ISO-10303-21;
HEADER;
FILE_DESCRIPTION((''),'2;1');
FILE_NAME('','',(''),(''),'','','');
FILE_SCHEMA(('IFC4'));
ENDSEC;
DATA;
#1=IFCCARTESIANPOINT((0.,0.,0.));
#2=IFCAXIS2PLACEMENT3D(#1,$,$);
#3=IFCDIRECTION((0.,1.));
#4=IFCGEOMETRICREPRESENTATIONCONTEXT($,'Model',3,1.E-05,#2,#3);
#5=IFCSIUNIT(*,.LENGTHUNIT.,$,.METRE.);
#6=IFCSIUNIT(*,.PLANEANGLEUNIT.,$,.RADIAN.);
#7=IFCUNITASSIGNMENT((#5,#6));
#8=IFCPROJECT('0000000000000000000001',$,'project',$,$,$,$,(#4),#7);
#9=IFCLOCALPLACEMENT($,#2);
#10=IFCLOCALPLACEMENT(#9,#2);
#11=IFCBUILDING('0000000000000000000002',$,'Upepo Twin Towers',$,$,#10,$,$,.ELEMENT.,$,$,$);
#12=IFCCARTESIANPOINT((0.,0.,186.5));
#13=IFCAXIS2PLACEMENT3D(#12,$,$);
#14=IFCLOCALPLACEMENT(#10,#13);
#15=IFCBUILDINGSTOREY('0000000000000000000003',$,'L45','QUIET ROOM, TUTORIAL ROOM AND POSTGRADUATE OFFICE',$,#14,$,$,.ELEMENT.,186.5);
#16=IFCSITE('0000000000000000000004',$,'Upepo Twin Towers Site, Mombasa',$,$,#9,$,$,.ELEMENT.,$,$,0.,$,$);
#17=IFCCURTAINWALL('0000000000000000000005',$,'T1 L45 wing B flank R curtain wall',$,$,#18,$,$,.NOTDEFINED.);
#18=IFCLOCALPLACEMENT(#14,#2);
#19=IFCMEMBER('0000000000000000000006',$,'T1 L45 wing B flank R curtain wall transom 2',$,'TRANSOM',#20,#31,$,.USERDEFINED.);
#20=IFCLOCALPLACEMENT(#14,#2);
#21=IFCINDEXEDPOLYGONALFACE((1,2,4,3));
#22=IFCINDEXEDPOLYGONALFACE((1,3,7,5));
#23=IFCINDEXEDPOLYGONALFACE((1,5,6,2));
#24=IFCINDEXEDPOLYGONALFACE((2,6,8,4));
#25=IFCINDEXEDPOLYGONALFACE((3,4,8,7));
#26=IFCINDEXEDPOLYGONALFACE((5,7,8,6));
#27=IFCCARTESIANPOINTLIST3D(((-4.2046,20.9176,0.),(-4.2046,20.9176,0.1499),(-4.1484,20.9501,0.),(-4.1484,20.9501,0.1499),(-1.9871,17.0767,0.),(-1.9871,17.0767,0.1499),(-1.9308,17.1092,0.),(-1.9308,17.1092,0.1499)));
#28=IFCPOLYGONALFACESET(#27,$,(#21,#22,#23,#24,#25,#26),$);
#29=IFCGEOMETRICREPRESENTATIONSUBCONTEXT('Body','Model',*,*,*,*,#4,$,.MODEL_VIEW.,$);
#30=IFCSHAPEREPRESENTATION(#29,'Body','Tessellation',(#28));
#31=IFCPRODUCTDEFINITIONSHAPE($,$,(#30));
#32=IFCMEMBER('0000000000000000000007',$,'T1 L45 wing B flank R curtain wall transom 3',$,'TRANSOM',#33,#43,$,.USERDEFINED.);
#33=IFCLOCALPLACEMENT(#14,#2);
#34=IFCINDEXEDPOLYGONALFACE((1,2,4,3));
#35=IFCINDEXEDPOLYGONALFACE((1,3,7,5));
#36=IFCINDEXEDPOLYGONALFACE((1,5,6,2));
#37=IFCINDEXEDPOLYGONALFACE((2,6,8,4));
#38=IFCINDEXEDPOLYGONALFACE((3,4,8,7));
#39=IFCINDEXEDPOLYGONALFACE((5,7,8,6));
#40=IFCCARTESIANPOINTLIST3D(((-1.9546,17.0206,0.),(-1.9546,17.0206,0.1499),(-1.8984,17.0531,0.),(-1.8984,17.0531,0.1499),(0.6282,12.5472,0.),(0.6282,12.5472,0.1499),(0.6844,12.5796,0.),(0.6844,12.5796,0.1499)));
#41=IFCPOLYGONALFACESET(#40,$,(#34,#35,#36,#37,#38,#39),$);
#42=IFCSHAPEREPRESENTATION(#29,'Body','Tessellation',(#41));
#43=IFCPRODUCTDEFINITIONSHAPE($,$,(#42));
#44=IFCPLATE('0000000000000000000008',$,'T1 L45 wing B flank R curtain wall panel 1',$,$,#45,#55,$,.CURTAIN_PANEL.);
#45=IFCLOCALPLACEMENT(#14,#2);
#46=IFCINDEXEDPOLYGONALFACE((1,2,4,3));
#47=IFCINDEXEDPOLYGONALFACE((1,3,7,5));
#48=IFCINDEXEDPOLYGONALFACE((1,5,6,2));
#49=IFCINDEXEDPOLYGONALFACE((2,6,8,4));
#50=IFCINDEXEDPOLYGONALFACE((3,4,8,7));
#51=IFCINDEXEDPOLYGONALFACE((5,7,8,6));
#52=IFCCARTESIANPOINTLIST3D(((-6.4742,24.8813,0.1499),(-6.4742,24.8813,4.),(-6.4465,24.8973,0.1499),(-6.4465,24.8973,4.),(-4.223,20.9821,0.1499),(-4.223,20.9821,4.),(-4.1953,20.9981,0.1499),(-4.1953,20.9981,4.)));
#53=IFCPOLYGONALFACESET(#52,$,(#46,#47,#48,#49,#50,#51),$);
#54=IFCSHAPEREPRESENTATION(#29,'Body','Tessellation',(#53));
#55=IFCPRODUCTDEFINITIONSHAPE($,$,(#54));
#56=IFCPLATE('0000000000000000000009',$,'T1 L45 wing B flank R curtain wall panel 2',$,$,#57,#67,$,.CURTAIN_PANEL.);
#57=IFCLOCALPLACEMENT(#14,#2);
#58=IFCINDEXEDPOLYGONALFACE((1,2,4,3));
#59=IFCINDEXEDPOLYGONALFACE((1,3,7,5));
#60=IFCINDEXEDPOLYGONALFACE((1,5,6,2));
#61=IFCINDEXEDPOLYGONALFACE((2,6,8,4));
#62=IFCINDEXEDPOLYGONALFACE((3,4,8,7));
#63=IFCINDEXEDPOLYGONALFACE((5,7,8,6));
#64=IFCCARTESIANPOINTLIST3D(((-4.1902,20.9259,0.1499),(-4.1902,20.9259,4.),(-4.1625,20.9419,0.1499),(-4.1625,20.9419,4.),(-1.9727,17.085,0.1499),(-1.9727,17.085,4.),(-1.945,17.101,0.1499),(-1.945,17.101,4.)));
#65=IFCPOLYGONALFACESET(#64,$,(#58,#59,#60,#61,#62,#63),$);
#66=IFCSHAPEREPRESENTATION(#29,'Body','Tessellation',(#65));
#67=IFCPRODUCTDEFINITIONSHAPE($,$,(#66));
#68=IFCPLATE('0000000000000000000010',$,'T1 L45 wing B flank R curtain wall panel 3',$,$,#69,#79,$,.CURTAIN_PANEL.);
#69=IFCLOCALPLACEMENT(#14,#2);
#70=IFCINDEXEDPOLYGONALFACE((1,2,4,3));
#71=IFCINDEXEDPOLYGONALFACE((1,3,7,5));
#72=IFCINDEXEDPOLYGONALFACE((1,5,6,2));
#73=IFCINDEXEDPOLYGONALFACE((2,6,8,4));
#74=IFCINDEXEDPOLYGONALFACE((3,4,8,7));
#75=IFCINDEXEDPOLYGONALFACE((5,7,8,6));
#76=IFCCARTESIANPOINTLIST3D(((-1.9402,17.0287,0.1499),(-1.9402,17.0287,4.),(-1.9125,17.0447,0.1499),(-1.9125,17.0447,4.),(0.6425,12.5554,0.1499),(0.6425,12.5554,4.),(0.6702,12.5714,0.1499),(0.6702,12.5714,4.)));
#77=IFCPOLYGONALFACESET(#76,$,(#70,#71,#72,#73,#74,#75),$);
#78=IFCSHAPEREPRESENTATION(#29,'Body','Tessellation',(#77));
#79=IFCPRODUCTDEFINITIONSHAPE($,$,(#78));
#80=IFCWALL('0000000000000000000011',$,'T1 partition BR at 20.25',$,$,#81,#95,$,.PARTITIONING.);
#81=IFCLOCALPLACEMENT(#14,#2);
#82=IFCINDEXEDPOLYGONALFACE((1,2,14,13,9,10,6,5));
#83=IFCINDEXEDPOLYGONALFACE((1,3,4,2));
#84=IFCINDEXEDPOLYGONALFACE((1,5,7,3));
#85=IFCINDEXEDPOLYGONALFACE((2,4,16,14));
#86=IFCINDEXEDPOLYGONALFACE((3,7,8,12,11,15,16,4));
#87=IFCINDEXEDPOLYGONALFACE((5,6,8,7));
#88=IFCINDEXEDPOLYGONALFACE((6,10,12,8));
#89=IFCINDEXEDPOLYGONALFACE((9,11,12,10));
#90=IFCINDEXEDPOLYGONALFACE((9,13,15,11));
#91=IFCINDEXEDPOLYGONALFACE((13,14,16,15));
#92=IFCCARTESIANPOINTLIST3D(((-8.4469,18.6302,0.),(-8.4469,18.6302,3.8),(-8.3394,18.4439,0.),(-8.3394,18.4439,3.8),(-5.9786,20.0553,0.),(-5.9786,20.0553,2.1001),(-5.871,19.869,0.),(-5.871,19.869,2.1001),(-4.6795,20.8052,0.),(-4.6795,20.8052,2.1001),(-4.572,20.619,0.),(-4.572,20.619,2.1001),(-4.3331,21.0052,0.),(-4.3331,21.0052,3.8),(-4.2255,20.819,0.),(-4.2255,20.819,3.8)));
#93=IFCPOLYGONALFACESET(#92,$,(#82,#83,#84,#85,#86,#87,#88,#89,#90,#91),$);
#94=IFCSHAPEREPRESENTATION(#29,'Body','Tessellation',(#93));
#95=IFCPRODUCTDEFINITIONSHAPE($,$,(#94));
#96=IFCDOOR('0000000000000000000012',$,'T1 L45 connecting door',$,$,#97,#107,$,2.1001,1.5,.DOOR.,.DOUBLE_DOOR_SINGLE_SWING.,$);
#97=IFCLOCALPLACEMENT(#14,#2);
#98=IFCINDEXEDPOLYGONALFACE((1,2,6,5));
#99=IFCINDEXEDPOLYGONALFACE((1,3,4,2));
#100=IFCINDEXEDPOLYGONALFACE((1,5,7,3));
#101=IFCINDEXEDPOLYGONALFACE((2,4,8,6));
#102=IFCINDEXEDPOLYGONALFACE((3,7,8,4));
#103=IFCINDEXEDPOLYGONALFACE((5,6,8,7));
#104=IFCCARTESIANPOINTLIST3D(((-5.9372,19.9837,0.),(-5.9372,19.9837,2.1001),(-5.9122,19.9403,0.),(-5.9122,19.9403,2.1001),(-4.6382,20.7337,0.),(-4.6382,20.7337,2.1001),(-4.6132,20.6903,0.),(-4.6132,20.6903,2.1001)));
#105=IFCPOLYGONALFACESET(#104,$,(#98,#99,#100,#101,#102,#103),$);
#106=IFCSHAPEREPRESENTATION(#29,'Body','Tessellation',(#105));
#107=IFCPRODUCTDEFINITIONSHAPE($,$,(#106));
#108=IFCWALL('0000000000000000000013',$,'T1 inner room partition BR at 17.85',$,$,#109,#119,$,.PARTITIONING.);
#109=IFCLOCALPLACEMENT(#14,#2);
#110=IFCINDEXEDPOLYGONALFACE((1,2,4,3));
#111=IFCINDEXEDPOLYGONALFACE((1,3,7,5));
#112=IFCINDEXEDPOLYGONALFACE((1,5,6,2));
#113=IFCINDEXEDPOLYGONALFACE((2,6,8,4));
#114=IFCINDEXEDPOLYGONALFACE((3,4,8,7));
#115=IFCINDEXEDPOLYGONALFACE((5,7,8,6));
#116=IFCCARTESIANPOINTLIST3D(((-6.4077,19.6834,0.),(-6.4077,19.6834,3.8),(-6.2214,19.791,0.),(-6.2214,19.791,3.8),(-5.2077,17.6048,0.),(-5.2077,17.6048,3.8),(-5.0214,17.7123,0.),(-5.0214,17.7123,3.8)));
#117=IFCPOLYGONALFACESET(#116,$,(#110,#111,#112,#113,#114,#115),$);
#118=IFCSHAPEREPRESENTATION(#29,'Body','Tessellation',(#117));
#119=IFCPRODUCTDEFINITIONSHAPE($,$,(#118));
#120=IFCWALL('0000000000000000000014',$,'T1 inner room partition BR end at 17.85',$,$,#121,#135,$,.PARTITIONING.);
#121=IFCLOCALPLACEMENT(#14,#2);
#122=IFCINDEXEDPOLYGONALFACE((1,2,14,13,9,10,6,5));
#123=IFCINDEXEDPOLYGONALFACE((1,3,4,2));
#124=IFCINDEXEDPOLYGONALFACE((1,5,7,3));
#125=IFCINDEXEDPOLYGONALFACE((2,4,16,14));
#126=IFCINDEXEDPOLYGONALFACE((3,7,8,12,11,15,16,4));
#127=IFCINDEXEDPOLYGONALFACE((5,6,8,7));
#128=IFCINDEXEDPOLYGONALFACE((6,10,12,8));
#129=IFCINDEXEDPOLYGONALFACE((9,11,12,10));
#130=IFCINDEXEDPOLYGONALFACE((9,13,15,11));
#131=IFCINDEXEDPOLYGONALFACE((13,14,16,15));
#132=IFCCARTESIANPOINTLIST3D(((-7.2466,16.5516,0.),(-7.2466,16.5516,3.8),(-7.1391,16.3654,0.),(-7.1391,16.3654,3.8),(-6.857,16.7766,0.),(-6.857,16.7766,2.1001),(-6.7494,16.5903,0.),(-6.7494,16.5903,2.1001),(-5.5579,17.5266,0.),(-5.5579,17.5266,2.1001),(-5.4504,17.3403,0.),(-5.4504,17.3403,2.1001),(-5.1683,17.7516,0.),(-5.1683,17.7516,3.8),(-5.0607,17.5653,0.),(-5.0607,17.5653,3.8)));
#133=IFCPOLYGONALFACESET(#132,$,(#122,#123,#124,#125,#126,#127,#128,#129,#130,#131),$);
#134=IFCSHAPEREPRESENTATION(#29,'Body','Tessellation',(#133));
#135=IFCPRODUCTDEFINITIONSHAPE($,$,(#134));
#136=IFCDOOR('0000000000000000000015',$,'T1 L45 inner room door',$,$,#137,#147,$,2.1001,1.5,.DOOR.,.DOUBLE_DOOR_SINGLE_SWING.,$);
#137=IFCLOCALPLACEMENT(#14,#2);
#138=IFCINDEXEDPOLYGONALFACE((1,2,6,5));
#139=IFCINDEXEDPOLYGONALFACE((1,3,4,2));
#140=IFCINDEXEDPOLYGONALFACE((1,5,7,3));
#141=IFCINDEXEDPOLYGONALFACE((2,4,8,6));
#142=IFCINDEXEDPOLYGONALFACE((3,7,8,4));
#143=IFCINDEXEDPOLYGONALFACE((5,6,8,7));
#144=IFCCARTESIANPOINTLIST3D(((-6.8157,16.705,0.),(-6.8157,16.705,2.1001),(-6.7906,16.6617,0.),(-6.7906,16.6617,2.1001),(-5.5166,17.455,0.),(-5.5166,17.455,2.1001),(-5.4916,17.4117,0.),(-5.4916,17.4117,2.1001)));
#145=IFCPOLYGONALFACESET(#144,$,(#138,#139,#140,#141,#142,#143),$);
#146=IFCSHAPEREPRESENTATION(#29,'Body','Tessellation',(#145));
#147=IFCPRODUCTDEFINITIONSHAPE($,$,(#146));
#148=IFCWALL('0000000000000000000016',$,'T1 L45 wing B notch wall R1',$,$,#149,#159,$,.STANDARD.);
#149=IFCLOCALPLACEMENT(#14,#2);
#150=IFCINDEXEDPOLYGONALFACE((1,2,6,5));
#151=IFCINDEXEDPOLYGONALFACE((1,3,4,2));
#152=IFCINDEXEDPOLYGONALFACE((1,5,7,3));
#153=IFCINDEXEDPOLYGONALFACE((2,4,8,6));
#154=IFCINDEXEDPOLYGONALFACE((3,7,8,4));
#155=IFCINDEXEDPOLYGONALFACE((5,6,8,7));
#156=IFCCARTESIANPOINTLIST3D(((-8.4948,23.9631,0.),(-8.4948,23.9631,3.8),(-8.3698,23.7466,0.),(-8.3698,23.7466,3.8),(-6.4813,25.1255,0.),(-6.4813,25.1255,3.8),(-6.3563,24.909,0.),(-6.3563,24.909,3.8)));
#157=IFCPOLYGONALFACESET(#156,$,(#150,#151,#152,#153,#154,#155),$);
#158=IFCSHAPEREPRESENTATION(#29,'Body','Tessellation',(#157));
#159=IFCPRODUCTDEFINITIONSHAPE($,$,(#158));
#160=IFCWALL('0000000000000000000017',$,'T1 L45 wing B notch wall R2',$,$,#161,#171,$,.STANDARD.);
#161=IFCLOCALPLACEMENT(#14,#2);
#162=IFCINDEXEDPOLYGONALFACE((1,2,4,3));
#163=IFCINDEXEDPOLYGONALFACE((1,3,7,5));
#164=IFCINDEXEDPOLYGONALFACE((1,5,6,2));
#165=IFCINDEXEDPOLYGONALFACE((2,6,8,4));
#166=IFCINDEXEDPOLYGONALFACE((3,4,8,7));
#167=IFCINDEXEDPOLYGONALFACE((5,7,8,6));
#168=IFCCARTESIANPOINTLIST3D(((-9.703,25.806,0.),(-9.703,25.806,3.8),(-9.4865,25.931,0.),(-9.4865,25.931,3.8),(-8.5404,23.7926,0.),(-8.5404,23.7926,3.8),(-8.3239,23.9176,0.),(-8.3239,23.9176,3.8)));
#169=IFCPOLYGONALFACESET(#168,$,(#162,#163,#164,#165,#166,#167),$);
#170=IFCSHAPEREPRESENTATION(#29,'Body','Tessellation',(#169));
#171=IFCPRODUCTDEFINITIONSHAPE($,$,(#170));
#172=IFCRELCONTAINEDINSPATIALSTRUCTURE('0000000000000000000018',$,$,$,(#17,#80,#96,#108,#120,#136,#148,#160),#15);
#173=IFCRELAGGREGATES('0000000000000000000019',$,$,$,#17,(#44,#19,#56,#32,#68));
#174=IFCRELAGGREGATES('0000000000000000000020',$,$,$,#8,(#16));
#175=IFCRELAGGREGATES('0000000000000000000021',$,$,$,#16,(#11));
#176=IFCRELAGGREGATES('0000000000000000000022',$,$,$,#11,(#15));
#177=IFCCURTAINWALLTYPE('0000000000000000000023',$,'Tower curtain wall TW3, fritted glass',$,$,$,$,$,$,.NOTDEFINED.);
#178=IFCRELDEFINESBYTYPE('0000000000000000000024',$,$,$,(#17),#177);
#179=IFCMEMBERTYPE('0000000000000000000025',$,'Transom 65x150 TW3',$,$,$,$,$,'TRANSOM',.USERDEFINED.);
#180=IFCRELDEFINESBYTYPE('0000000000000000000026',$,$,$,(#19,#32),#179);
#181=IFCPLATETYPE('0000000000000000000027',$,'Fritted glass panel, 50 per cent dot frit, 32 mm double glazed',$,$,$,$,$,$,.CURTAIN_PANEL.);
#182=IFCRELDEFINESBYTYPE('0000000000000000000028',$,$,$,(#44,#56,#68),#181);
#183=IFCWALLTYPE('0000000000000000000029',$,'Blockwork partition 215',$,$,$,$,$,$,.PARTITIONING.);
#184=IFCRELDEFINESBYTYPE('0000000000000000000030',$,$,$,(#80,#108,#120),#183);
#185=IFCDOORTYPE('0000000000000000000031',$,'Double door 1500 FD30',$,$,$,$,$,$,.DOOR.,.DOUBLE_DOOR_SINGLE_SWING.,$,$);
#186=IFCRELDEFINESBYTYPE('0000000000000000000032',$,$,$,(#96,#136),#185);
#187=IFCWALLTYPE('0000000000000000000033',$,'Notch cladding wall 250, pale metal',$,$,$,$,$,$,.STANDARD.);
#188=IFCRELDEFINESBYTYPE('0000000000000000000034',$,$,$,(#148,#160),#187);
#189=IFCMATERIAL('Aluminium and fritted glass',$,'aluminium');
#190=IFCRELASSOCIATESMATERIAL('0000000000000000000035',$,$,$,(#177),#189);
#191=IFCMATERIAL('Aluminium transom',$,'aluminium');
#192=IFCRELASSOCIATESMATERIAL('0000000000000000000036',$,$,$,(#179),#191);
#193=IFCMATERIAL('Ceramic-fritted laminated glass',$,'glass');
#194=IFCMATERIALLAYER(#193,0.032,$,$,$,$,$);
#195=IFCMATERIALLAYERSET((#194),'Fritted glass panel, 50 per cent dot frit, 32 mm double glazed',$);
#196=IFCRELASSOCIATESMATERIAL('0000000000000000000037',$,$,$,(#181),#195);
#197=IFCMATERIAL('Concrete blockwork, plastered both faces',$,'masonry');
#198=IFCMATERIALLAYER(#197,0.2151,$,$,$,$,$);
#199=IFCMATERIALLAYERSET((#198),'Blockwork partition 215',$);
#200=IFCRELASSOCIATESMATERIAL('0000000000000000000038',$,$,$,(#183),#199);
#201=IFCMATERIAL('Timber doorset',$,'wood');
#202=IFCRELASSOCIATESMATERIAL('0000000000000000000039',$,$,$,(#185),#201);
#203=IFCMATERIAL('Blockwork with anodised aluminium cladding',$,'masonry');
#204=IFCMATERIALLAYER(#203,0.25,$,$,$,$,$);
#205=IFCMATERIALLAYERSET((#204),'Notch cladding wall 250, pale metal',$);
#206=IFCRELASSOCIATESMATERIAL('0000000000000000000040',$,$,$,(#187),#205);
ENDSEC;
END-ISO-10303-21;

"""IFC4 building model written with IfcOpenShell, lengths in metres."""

from ifc_helpers import new_model, si_unit, direction, frame, frame_2d, origin, origin_2d, place, context, subcontext, project, spatial, rectangle, extrude, material, layer, layer_set, material_profile, profile_set, type_object, element, fill, aggregate, save


model = new_model("IFC4")

# Units and contexts
model_context = context("Model", 3, precision=1e-05, world=origin(), true_north=direction((0.0, 1.0)))
body_context = subcontext(model_context, "Body", "Model", "MODEL_VIEW")
ifc_project = project(units=[si_unit("LENGTHUNIT", "METRE"), si_unit("PLANEANGLEUNIT", "RADIAN")], contexts=[model_context])

# Site, building, storey
site_placement = place(None, origin())
site = spatial("IfcSite", under=ifc_project, at=site_placement, Name="Upepo Twin Towers Site, Mombasa", CompositionType="ELEMENT", RefElevation=0.0)
building_placement = place(site_placement, origin())
building = spatial("IfcBuilding", under=site, at=building_placement, Name="Upepo Twin Towers", CompositionType="ELEMENT")
storey_placement = place(building_placement, frame((0.0, 0.0, 186.5)))
storey = spatial("IfcBuildingStorey", under=building, at=storey_placement, Name="L45", Description="QUIET ROOM, TUTORIAL ROOM AND POSTGRADUATE OFFICE", CompositionType="ELEMENT", Elevation=186.5)

# Curtain wall, members, plates
ifc_material_1 = material(Name="Aluminium and fritted glass", Category="aluminium")
curtain_wall_type = type_object("IfcCurtainWallType", Name="Tower curtain wall TW3, fritted glass", PredefinedType="NOTDEFINED", material=ifc_material_1)
curtain_wall_placement = place(storey_placement, origin())
curtain_wall = element("IfcCurtainWall", 1, at=curtain_wall_placement, inside=storey, type_object=curtain_wall_type, Name="T1 L45 wing B flank R curtain wall", PredefinedType="NOTDEFINED")
ifc_material_2 = material(Name="Aluminium transom", Category="aluminium")
ifc_material_profile_1 = material_profile(ifc_material_2, rectangle(XDim=0.0649, YDim=0.1499, at=origin_2d()), Name="TRANSOM 65x150")
ifc_profile_set_1 = profile_set([ifc_material_profile_1], Name="Aluminium transom")
member_type_1 = type_object("IfcMemberType", Name="Transom 65x150 TW3", ElementType="TRANSOM", PredefinedType="USERDEFINED", material=ifc_profile_set_1)
member_1_placement = place(storey_placement, frame((-4.1765, 20.9338, 0.075), z_axis=(0.500005, -0.866022, 0.0), x_axis=(0.866022, 0.500005, 0.0)))
member_1 = element("IfcMember", 2, at=member_1_placement, type_object=member_type_1, Name="T1 L45 wing B flank R curtain wall transom 2", ObjectType="TRANSOM", PredefinedType="USERDEFINED", context=body_context, shape_type="SweptSolid", body=[
    extrude(rectangle(XDim=0.0649, YDim=0.1499, at=origin_2d()), origin(), (0.0, 0.0, 1.0), 4.4351),
])
member_2_placement = place(storey_placement, frame((-1.9265, 17.0369, 0.075), z_axis=(0.500007, -0.866021, 0.0), x_axis=(0.866021, 0.500007, 0.0)))
member_2 = element("IfcMember", 3, at=member_2_placement, type_object=member_type_1, Name="T1 L45 wing B flank R curtain wall transom 3", ObjectType="TRANSOM", PredefinedType="USERDEFINED", context=body_context, shape_type="SweptSolid", body=[
    extrude(rectangle(XDim=0.0649, YDim=0.1499, at=origin_2d()), origin(), (0.0, 0.0, 1.0), 5.1655),
])
ifc_material_3 = material(Name="Ceramic-fritted laminated glass", Category="glass")
ifc_layer_1 = layer(ifc_material_3, 0.032)
ifc_layer_set_1 = layer_set([ifc_layer_1], Name="Fritted glass panel, 50 per cent dot frit, 32 mm double glazed")
plate_type = type_object("IfcPlateType", Name="Fritted glass panel, 50 per cent dot frit, 32 mm double glazed", PredefinedType="CURTAIN_PANEL", material=ifc_layer_set_1)
plate_1_placement = place(storey_placement, frame((-5.3347, 22.9397, 0.1499), z_axis=(0.0, 0.0, 1.0), x_axis=(0.5, -0.866025, 0.0)))
plate_1 = element("IfcPlate", 4, at=plate_1_placement, type_object=plate_type, Name="T1 L45 wing B flank R curtain wall panel 1", PredefinedType="CURTAIN_PANEL", context=body_context, shape_type="SweptSolid", body=[
    extrude(rectangle(XDim=4.5024, YDim=0.032, at=origin_2d()), origin(), (0.0, 0.0, 1.0), 3.8501),
])
plate_2_placement = place(storey_placement, frame((-3.0676, 19.0134, 0.1499), z_axis=(0.0, 0.0, 1.0), x_axis=(0.5, -0.866025, 0.0)))
plate_2 = element("IfcPlate", 5, at=plate_2_placement, type_object=plate_type, Name="T1 L45 wing B flank R curtain wall panel 2", PredefinedType="CURTAIN_PANEL", context=body_context, shape_type="SweptSolid", body=[
    extrude(rectangle(XDim=4.4351, YDim=0.032, at=origin_2d()), origin(), (0.0, 0.0, 1.0), 3.8501),
])
plate_3_placement = place(storey_placement, frame((-0.635, 14.8, 0.1499), z_axis=(0.0, 0.0, 1.0), x_axis=(0.5, -0.866025, 0.0)))
plate_3 = element("IfcPlate", 6, at=plate_3_placement, type_object=plate_type, Name="T1 L45 wing B flank R curtain wall panel 3", PredefinedType="CURTAIN_PANEL", context=body_context, shape_type="SweptSolid", body=[
    extrude(rectangle(XDim=5.1653, YDim=0.032, at=origin_2d()), origin(), (0.0, 0.0, 1.0), 3.8501),
])
aggregate(curtain_wall, [plate_1, member_1, plate_2, member_2, plate_3])

# Wall, opening, door
ifc_material_4 = material(Name="Concrete blockwork, plastered both faces", Category="masonry")
ifc_layer_2 = layer(ifc_material_4, 0.2151)
ifc_layer_set_2 = layer_set([ifc_layer_2], Name="Blockwork partition 215")
wall_type_1 = type_object("IfcWallType", Name="Blockwork partition 215", PredefinedType="PARTITIONING", material=ifc_layer_set_2)
wall_1_placement = place(storey_placement, frame((-8.3931, 18.5371, 0.0), z_axis=(0.0, 0.0, 1.0), x_axis=(0.866033, 0.499986, 0.0)))
wall_1 = element("IfcWall", 7, at=wall_1_placement, inside=storey, type_object=wall_type_1, Name="T1 partition BR at 20.25", PredefinedType="PARTITIONING", context=body_context, shape_type="SweptSolid", body=[
    extrude(rectangle(XDim=4.7502, YDim=0.2151, at=frame_2d((2.375, 0.0))), origin(), (0.0, 0.0, 1.0), 3.8),
])
opening_1_placement = place(wall_1_placement, frame((2.8501, 0.0, 0.0)))
opening_1 = element("IfcOpeningElement", 8, at=opening_1_placement, cuts=wall_1, PredefinedType="OPENING", context=body_context, shape_type="SweptSolid", body=[
    extrude(rectangle(XDim=1.5, YDim=2.1001, at=frame_2d((0.75, 1.05))), frame((0.0, 0.1174, 0.0), z_axis=(0.0, -1.0, 0.0), x_axis=(1.0, 0.0, 0.0)), (0.0, 0.0, 1.0), 0.2351),
])
ifc_material_5 = material(Name="Timber doorset", Category="wood")
door_type_1 = type_object("IfcDoorType", Name="Double door 1500 FD30", OperationType="DOUBLE_DOOR_SINGLE_SWING", PredefinedType="DOOR", material=ifc_material_5)
door_1_placement = place(opening_1_placement, origin())
door_1 = element("IfcDoor", 9, at=door_1_placement, inside=storey, type_object=door_type_1, Name="T1 L45 connecting door", OperationType="DOUBLE_DOOR_SINGLE_SWING", OverallHeight=2.1001, OverallWidth=1.5, PredefinedType="DOOR", context=body_context, shape_type="SweptSolid", body=[
    extrude(rectangle(XDim=1.5, YDim=2.1001, at=frame_2d((0.75, 1.05))), frame((0.0, 0.0249, 0.0), z_axis=(0.0, -1.0, 0.0), x_axis=(1.0, 0.0, 0.0)), (0.0, 0.0, 1.0), 0.05),
])
fill(opening_1, door_1)

# Wall
wall_2_placement = place(storey_placement, frame((-5.1145, 17.6584, 0.0), z_axis=(0.0, 0.0, 1.0), x_axis=(-0.499957, 0.86605, 0.0)))
element("IfcWall", 10, at=wall_2_placement, inside=storey, type_object=wall_type_1, Name="T1 inner room partition BR at 17.85", PredefinedType="PARTITIONING", context=body_context, shape_type="SweptSolid", body=[
    extrude(rectangle(XDim=2.4001, YDim=0.2151, at=frame_2d((1.2002, 0.0))), origin(), (0.0, 0.0, 1.0), 3.8),
])

# Wall, opening, door
wall_3_placement = place(storey_placement, frame((-7.1929, 16.4585, 0.0), z_axis=(0.0, 0.0, 1.0), x_axis=(0.866025, 0.500001, 0.0)))
wall_3 = element("IfcWall", 11, at=wall_3_placement, inside=storey, type_object=wall_type_1, Name="T1 inner room partition BR end at 17.85", PredefinedType="PARTITIONING", context=body_context, shape_type="SweptSolid", body=[
    extrude(rectangle(XDim=2.3999, YDim=0.2151, at=frame_2d((1.2, 0.0))), origin(), (0.0, 0.0, 1.0), 3.8),
])
opening_2_placement = place(wall_3_placement, frame((0.45, 0.0, 0.0)))
opening_2 = element("IfcOpeningElement", 12, at=opening_2_placement, cuts=wall_3, PredefinedType="OPENING", context=body_context, shape_type="SweptSolid", body=[
    extrude(rectangle(XDim=1.5, YDim=2.1001, at=frame_2d((0.75, 1.05))), frame((0.0, 0.1174, 0.0), z_axis=(0.0, -1.0, 0.0), x_axis=(1.0, 0.0, 0.0)), (0.0, 0.0, 1.0), 0.2351),
])
door_2_placement = place(opening_2_placement, origin())
door_2 = element("IfcDoor", 13, at=door_2_placement, inside=storey, type_object=door_type_1, Name="T1 L45 inner room door", OperationType="DOUBLE_DOOR_SINGLE_SWING", OverallHeight=2.1001, OverallWidth=1.5, PredefinedType="DOOR", context=body_context, shape_type="SweptSolid", body=[
    extrude(rectangle(XDim=1.5, YDim=2.1001, at=frame_2d((0.75, 1.05))), frame((0.0, 0.0249, 0.0), z_axis=(0.0, -1.0, 0.0), x_axis=(1.0, 0.0, 0.0)), (0.0, 0.0, 1.0), 0.05),
])
fill(opening_2, door_2)

# Walls
ifc_material_6 = material(Name="Blockwork with anodised aluminium cladding", Category="masonry")
ifc_layer_3 = layer(ifc_material_6, 0.25)
ifc_layer_set_3 = layer_set([ifc_layer_3], Name="Notch cladding wall 250, pale metal")
wall_type_2 = type_object("IfcWallType", Name="Notch cladding wall 250, pale metal", PredefinedType="STANDARD", material=ifc_layer_set_3)
for number, where, z_axis, x_axis, name in (
    (14, (-6.4187, 25.0173, 0.0), (0.0, 0.0, 1.0), (-0.866044, -0.499968, 0.0), "T1 L45 wing B notch wall R1"),
    (15, (-8.4321, 23.855, 0.0), (0.0, 0.0, 1.0), (-0.500047, 0.865998, 0.0), "T1 L45 wing B notch wall R2"),
):
    element("IfcWall", number, at=place(storey_placement, frame(where, z_axis=z_axis, x_axis=x_axis)), inside=storey, type_object=wall_type_2, Name=name, PredefinedType="STANDARD", context=body_context, shape_type="SweptSolid", body=[
        extrude(rectangle(XDim=2.325, YDim=0.25, at=frame_2d((1.1626, 0.0))), origin(), (0.0, 0.0, 1.0), 3.8),
    ])

save(model, "model.ifc")
